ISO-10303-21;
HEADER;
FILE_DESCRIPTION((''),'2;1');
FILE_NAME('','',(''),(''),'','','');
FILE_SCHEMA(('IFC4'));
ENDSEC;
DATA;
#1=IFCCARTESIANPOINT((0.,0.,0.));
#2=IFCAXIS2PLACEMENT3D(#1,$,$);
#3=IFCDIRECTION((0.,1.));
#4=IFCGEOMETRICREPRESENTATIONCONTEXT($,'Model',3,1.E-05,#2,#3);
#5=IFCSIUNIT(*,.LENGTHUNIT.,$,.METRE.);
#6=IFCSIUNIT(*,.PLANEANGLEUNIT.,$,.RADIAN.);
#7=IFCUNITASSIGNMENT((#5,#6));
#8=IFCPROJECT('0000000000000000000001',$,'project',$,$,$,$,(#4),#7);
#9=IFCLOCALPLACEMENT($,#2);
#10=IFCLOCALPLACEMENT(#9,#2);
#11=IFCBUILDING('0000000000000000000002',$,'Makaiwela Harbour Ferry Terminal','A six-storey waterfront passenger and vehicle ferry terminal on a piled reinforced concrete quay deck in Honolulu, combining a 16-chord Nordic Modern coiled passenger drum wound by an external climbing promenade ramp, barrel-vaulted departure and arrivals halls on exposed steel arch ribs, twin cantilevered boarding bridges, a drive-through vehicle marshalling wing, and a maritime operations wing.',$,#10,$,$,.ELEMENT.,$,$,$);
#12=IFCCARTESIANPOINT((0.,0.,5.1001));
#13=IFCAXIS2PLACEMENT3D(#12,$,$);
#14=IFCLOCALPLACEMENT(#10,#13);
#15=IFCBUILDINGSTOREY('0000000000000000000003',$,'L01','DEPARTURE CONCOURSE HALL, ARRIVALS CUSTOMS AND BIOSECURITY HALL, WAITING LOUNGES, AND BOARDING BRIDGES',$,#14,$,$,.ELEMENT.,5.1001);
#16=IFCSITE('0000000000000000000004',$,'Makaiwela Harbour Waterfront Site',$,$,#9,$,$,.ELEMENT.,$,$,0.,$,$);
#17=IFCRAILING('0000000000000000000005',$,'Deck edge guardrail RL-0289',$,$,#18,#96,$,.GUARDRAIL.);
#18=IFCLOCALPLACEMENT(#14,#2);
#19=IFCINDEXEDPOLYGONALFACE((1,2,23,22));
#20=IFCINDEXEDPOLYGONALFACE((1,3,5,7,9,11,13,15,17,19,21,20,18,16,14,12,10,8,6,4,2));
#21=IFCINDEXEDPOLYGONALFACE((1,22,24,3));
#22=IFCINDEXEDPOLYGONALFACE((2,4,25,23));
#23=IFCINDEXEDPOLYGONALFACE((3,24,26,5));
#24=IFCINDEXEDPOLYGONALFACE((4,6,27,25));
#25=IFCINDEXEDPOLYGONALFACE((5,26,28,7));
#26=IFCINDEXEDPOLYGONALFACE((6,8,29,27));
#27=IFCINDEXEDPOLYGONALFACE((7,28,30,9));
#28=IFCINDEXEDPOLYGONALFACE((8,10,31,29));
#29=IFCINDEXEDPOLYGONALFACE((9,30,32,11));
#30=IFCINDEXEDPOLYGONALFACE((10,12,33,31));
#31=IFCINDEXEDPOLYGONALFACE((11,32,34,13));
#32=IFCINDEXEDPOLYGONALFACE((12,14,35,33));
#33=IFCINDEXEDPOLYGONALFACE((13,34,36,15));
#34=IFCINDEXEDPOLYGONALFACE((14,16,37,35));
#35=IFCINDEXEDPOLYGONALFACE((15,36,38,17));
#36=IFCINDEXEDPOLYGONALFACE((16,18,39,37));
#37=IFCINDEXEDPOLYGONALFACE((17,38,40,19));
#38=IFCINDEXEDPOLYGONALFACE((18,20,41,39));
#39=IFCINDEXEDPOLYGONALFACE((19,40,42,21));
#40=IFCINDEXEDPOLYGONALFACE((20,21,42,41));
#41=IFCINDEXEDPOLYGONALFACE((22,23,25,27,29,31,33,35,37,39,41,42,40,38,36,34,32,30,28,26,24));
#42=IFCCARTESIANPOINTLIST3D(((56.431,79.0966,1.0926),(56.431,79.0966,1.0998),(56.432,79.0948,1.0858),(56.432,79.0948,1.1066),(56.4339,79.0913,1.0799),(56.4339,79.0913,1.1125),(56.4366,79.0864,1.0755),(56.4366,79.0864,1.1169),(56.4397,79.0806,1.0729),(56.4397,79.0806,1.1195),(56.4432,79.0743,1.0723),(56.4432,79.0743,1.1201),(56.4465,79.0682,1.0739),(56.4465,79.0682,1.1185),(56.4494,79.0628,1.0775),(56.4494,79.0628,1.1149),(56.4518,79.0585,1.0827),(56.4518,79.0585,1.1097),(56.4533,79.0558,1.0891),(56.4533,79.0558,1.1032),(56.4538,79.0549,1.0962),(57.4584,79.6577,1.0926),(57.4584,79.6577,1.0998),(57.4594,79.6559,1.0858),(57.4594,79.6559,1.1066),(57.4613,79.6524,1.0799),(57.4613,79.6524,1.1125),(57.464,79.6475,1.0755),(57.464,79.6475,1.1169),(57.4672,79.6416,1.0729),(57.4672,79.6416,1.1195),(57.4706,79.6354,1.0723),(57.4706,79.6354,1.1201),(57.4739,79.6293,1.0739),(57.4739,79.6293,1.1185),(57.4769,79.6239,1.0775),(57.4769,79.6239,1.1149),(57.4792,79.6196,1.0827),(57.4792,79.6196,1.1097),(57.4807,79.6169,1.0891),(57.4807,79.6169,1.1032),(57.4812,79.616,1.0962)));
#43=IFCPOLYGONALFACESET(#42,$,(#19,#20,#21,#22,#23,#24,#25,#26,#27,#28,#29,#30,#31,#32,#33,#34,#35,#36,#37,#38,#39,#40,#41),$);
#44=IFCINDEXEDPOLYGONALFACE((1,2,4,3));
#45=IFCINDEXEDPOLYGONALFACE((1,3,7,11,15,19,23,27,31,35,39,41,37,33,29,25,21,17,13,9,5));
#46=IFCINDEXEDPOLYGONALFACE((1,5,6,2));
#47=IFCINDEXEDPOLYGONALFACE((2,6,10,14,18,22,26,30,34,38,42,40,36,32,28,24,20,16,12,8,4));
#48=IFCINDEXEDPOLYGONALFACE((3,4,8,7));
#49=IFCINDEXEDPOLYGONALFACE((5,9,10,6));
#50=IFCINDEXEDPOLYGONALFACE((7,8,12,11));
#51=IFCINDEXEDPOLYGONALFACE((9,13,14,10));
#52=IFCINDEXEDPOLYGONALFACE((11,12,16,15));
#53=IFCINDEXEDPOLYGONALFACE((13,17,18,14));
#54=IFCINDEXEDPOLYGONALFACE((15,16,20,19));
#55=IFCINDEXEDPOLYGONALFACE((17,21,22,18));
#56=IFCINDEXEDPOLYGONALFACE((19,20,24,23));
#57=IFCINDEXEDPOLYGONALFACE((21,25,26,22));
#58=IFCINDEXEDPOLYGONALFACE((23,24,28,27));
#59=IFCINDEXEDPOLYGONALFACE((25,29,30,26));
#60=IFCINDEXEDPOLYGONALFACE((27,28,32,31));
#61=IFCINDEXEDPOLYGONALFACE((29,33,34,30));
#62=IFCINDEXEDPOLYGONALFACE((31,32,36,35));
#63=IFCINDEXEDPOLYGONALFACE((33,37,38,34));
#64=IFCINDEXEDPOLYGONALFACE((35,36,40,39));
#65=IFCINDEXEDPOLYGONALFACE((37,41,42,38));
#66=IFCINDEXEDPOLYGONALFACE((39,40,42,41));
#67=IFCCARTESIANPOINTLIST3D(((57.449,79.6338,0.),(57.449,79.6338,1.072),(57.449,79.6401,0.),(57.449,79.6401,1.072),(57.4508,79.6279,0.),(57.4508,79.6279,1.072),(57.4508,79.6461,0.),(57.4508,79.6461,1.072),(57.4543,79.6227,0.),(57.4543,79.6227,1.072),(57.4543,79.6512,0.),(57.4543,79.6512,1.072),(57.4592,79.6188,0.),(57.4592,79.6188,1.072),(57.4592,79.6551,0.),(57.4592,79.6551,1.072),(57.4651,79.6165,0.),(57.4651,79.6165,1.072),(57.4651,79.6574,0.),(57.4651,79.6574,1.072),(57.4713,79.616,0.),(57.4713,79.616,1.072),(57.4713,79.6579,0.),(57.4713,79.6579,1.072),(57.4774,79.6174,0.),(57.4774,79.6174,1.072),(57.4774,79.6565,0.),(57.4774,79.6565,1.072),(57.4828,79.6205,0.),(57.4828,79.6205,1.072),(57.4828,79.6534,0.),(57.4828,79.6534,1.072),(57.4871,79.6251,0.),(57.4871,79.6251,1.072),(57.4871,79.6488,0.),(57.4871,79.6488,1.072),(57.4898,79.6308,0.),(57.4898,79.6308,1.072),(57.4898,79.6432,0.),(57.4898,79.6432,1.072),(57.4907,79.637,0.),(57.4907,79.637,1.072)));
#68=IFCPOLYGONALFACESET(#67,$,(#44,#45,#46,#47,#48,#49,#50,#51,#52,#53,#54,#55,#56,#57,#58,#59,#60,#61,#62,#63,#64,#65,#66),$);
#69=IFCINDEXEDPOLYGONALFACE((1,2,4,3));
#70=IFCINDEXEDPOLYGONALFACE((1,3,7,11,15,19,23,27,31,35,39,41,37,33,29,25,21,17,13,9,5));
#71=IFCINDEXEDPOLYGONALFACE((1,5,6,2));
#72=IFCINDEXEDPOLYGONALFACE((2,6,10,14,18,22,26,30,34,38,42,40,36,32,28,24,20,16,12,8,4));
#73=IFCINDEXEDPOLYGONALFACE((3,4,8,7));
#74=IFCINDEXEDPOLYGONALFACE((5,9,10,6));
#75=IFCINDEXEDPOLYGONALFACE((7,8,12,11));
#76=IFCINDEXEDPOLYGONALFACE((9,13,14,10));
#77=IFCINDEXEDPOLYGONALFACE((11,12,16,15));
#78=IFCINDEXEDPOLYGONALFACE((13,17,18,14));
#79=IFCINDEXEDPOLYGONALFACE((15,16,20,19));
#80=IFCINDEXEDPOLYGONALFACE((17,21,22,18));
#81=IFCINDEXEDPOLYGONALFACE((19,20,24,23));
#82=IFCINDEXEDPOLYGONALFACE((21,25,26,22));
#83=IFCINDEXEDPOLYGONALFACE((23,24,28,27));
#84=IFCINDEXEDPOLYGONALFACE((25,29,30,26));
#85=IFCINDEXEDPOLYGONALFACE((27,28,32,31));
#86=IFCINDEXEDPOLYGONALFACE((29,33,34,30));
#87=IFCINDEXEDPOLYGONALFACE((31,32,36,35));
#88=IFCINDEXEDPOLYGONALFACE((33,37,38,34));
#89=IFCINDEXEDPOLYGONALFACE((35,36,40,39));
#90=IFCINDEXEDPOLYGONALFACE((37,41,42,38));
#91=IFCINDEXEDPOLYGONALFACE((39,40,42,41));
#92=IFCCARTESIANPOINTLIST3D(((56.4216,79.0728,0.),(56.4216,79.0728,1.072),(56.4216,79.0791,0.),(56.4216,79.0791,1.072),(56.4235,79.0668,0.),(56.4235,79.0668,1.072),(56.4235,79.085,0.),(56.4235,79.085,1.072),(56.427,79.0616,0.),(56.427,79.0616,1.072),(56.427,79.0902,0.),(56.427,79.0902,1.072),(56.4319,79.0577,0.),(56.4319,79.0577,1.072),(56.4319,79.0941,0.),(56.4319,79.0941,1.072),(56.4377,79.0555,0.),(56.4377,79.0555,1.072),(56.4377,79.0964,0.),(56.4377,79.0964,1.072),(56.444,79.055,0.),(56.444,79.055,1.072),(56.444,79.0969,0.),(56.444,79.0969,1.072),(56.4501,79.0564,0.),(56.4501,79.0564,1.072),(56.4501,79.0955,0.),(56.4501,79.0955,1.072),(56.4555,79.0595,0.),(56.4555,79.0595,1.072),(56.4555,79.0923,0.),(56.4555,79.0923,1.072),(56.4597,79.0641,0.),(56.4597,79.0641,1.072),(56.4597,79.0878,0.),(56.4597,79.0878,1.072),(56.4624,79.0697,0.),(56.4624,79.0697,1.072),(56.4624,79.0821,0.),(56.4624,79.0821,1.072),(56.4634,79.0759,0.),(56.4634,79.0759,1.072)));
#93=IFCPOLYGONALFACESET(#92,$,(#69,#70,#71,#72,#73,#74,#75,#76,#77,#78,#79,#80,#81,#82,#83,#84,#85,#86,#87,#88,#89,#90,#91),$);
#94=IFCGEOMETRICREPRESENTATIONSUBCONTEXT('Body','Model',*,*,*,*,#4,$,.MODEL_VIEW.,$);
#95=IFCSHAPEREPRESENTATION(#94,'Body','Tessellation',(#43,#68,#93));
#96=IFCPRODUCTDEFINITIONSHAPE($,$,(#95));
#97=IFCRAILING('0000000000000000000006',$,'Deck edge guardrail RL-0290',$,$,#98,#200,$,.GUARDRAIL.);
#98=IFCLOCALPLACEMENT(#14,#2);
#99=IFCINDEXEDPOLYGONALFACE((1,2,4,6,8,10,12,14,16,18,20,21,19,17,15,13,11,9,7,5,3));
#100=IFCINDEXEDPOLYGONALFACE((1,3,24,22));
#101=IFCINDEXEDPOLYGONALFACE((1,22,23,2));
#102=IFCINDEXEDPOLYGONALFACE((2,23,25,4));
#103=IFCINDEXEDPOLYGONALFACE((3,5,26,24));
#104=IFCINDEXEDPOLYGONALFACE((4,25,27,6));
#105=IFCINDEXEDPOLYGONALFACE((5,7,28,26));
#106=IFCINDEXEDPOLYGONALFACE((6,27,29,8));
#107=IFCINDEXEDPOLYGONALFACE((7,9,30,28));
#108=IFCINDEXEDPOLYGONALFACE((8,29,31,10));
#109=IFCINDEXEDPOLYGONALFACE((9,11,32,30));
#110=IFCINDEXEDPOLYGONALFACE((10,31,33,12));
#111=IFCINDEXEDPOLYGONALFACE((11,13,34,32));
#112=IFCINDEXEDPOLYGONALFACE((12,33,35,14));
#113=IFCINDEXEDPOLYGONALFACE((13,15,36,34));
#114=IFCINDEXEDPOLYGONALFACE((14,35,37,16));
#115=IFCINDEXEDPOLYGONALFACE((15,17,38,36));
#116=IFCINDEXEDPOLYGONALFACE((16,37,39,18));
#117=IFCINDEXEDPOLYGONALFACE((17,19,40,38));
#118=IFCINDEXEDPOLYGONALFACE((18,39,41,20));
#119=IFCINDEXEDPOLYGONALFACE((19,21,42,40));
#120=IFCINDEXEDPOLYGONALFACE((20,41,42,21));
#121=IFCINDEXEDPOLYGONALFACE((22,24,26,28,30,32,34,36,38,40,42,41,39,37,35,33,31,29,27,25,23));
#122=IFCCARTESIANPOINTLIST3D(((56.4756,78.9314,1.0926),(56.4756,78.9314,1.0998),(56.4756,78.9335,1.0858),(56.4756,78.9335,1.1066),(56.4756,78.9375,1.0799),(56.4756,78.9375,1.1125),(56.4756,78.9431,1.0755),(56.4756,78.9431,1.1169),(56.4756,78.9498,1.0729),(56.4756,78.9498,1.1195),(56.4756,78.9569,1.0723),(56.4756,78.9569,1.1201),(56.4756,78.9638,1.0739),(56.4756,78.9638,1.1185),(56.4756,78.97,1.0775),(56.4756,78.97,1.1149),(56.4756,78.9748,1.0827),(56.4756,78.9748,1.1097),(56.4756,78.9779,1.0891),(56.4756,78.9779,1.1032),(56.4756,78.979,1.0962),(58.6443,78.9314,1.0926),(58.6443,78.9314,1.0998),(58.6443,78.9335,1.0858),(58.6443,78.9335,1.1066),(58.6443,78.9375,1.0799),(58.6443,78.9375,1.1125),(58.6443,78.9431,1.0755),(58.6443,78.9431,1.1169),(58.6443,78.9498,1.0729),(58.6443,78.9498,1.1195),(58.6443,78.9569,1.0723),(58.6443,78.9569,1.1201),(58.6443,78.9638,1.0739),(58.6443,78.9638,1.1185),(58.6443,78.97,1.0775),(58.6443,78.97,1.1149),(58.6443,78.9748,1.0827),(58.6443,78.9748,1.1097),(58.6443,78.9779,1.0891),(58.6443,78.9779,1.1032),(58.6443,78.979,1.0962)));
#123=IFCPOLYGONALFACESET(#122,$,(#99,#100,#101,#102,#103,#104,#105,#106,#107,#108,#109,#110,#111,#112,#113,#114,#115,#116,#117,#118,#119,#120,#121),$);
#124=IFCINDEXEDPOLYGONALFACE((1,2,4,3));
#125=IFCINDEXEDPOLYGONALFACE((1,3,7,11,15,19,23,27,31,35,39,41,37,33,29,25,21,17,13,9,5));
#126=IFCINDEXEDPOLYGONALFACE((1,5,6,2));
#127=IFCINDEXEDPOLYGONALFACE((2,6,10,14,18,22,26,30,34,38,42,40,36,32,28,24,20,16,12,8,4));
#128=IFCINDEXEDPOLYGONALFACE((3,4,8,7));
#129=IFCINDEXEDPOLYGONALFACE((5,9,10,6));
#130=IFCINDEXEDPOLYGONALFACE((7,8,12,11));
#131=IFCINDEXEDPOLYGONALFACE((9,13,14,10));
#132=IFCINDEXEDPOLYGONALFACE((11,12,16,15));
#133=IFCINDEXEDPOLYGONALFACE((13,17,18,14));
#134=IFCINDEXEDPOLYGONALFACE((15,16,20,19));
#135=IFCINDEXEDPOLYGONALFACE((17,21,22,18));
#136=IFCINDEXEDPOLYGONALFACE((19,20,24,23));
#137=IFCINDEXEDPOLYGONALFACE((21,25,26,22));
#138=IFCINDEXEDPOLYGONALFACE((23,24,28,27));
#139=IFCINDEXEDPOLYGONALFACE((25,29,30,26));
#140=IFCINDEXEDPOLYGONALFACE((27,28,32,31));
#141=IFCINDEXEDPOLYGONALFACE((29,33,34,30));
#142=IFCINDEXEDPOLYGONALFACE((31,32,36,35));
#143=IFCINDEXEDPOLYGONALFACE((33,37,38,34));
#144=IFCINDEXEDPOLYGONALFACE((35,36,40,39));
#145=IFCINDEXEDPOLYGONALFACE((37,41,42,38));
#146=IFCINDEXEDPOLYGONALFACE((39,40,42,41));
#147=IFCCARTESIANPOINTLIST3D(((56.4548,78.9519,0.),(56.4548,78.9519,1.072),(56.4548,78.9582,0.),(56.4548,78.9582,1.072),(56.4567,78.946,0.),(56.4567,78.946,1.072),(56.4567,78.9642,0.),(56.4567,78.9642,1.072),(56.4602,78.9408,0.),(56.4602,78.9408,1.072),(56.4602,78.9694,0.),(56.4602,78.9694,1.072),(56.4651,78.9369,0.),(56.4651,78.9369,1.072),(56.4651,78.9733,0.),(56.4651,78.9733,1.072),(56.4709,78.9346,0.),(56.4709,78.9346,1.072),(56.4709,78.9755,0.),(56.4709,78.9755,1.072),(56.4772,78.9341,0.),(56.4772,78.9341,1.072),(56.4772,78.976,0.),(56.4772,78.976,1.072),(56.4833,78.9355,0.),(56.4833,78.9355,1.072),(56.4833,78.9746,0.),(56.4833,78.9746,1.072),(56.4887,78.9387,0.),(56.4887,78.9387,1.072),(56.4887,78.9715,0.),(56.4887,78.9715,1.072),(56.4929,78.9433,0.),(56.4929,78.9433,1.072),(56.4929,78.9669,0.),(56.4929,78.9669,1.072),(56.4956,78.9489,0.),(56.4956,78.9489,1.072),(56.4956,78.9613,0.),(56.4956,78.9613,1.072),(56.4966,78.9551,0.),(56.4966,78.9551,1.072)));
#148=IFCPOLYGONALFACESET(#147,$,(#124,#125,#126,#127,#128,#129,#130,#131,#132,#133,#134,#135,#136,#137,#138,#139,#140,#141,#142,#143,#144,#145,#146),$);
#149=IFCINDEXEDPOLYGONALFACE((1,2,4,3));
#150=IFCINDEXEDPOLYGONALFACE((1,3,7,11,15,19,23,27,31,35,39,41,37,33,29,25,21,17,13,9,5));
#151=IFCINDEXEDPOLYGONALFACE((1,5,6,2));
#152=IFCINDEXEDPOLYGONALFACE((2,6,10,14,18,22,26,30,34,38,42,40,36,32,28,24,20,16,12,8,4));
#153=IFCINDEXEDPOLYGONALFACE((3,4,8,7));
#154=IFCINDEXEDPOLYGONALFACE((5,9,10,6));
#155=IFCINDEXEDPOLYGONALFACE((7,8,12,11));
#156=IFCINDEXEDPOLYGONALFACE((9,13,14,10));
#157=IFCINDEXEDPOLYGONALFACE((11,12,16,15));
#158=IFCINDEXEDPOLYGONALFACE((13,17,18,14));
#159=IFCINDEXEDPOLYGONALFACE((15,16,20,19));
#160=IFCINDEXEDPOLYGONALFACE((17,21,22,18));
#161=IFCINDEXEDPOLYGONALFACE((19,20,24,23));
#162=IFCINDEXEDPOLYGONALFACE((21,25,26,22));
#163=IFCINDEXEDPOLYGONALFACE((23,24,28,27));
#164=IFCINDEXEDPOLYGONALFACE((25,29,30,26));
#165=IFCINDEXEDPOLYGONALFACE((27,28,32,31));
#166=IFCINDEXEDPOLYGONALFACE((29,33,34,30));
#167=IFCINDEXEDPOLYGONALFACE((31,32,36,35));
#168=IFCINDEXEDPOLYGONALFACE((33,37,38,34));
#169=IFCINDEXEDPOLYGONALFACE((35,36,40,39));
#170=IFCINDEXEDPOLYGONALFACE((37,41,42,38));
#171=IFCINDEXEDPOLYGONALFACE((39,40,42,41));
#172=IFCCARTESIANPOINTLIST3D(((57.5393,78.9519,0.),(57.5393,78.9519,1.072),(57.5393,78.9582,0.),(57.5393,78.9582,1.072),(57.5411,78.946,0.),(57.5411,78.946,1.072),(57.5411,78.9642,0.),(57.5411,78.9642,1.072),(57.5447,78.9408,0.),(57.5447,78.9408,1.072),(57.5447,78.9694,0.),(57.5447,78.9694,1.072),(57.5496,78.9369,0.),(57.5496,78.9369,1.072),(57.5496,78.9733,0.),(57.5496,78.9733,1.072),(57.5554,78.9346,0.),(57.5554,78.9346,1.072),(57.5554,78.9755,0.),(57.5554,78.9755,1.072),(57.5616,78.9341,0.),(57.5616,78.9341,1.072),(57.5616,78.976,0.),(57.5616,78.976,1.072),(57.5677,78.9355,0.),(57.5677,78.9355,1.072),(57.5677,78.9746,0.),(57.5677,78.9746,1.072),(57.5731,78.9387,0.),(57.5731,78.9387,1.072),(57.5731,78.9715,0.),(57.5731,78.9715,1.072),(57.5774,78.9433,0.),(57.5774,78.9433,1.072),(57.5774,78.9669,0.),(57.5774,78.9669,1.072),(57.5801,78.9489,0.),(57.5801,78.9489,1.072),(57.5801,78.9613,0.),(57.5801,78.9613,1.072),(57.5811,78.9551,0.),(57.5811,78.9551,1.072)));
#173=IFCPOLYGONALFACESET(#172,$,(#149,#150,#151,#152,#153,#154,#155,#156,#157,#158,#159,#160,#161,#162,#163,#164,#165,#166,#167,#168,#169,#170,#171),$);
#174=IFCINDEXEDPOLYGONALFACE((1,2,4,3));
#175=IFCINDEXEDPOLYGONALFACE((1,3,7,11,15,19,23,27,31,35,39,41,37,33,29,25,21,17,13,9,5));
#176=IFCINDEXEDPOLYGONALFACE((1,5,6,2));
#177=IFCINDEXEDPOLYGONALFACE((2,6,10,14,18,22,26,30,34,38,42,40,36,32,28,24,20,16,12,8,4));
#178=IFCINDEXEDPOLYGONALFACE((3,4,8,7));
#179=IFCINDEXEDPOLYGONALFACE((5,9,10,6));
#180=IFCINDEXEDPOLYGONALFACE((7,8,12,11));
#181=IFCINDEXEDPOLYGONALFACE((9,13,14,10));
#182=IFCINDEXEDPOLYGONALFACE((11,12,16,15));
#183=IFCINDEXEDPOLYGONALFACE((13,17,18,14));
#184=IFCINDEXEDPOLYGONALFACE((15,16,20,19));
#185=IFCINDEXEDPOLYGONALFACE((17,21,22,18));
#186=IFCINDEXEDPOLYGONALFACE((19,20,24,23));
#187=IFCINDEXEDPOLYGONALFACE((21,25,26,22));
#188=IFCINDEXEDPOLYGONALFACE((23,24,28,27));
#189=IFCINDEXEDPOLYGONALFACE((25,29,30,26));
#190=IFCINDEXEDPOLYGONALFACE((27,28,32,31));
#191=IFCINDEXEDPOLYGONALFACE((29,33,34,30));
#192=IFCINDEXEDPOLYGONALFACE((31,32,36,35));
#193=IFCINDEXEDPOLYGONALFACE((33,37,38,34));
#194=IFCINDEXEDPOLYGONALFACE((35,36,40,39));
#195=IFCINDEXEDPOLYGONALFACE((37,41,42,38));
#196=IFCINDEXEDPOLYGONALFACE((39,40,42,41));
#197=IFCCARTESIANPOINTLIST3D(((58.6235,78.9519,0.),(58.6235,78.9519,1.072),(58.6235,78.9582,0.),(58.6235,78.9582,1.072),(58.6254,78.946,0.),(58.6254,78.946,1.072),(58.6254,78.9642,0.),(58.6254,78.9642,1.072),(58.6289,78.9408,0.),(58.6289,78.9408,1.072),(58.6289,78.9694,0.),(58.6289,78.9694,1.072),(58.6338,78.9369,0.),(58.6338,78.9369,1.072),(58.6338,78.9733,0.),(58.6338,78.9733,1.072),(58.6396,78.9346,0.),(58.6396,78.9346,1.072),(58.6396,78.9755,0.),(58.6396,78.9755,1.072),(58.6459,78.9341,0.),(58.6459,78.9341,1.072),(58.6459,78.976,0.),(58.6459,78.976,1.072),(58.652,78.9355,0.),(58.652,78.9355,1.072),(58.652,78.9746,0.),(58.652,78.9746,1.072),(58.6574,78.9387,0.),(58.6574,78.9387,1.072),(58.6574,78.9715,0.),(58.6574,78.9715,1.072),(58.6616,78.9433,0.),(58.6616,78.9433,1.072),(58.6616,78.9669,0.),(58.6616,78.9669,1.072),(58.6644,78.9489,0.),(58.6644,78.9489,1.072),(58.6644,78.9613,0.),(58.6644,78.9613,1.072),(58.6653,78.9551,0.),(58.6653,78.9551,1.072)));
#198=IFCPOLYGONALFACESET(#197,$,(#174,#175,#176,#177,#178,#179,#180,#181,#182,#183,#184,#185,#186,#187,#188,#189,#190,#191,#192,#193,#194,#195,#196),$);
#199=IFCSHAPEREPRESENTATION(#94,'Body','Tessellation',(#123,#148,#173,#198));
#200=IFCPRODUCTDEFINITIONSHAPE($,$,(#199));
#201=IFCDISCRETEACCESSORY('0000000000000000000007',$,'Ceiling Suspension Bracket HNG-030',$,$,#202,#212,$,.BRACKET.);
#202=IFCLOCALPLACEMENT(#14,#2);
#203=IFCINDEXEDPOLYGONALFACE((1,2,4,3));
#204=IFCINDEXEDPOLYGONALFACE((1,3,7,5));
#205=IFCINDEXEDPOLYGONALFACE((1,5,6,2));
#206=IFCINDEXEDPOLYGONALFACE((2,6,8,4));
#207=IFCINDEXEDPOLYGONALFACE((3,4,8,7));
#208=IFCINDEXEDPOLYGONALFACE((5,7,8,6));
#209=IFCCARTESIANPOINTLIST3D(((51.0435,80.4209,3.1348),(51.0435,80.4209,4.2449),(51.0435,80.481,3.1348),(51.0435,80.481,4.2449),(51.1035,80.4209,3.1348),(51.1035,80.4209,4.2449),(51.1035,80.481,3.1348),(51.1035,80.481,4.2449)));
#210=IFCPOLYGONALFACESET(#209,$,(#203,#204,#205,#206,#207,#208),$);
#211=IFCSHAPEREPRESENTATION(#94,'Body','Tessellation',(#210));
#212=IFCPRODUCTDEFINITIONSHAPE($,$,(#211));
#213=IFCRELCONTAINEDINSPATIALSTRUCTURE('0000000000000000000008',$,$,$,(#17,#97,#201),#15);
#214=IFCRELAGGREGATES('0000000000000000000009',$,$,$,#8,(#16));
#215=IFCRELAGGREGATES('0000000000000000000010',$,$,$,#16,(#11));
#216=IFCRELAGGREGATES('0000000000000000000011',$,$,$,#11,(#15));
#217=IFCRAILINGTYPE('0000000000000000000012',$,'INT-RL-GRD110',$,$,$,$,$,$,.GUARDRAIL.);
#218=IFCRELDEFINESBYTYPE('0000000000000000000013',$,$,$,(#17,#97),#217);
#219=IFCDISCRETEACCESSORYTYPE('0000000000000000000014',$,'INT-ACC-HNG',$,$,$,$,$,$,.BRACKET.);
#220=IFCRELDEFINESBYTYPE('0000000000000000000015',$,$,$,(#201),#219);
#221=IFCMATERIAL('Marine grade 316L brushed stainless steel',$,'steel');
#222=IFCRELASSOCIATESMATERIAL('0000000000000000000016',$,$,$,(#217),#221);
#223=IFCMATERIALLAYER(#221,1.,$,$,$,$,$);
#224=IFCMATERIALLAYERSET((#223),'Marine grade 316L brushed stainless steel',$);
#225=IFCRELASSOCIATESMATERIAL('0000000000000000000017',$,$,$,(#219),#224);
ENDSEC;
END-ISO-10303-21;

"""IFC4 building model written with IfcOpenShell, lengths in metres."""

from ifc_helpers import new_model, si_unit, direction, frame, origin, origin_2d, place, context, subcontext, project, spatial, rectangle, circle, extrude, material, layer, layer_set, type_object, element, save


model = new_model("IFC4")

# Units and contexts
model_context = context("Model", 3, precision=1e-05, world=origin(), true_north=direction((0.0, 1.0)))
body_context = subcontext(model_context, "Body", "Model", "MODEL_VIEW")
ifc_project = project(units=[si_unit("LENGTHUNIT", "METRE"), si_unit("PLANEANGLEUNIT", "RADIAN")], contexts=[model_context])

# Site, building, storey
site_placement = place(None, origin())
site = spatial("IfcSite", under=ifc_project, at=site_placement, Name="Makaiwela Harbour Waterfront Site", CompositionType="ELEMENT", RefElevation=0.0)
building_placement = place(site_placement, origin())
building = spatial("IfcBuilding", under=site, at=building_placement, Name="Makaiwela Harbour Ferry Terminal", Description="A six-storey waterfront passenger and vehicle ferry terminal on a piled reinforced concrete quay deck in Honolulu, combining a 16-chord Nordic Modern coiled passenger drum wound by an external climbing promenade ramp, barrel-vaulted departure and arrivals halls on exposed steel arch ribs, twin cantilevered boarding bridges, a drive-through vehicle marshalling wing, and a maritime operations wing.", CompositionType="ELEMENT")
storey_placement = place(building_placement, frame((0.0, 0.0, 5.1001)))
storey = spatial("IfcBuildingStorey", under=building, at=storey_placement, Name="L01", Description="DEPARTURE CONCOURSE HALL, ARRIVALS CUSTOMS AND BIOSECURITY HALL, WAITING LOUNGES, AND BOARDING BRIDGES", CompositionType="ELEMENT", Elevation=5.1001)

# Railings
ifc_material_1 = material(Name="Marine grade 316L brushed stainless steel", Category="steel")
railing_type_1 = type_object("IfcRailingType", Name="INT-RL-GRD110", PredefinedType="GUARDRAIL", material=ifc_material_1)
railing_1_placement = place(storey_placement, frame((57.4697, 79.637, 0.0)))
element("IfcRailing", 1, at=railing_1_placement, inside=storey, type_object=railing_type_1, Name="Deck edge guardrail RL-0289", PredefinedType="GUARDRAIL", context=body_context, shape_type="SweptSolid", body=[
    extrude(circle(Radius=0.0239, at=origin_2d()), frame((0.0, 0.0, 1.0962), z_axis=(-0.877656, -0.47929, 0.0), x_axis=(0.47929, -0.877656, 0.0)), (0.0, 0.0, 1.0), 1.1707),
    extrude(circle(Radius=0.021, at=origin_2d()), origin(), (0.0, 0.0, 1.0), 1.072),
    extrude(circle(Radius=0.021, at=origin_2d()), frame((-1.0273, -0.561, 0.0)), (0.0, 0.0, 1.0), 1.072),
])
railing_2_placement = place(storey_placement, frame((56.4756, 78.9551, 0.0)))
element("IfcRailing", 2, at=railing_2_placement, inside=storey, type_object=railing_type_1, Name="Deck edge guardrail RL-0290", PredefinedType="GUARDRAIL", context=body_context, shape_type="SweptSolid", body=[
    extrude(circle(Radius=0.0239, at=origin_2d()), frame((0.0, 0.0, 1.0962), z_axis=(1.0, 0.0, 0.0), x_axis=(0.0, 1.0, 0.0)), (0.0, 0.0, 1.0), 2.1687),
    extrude(circle(Radius=0.021, at=origin_2d()), origin(), (0.0, 0.0, 1.0), 1.072),
    extrude(circle(Radius=0.021, at=origin_2d()), frame((1.0845, 0.0, 0.0)), (0.0, 0.0, 1.0), 1.072),
    extrude(circle(Radius=0.021, at=origin_2d()), frame((2.1687, 0.0, 0.0)), (0.0, 0.0, 1.0), 1.072),
])

# Discrete accessory
ifc_layer_1 = layer(ifc_material_1, 1.0)
ifc_layer_set_1 = layer_set([ifc_layer_1], Name="Marine grade 316L brushed stainless steel")
discrete_accessory_type = type_object("IfcDiscreteAccessoryType", Name="INT-ACC-HNG", PredefinedType="BRACKET", material=ifc_layer_set_1)
discrete_accessory_placement = place(storey_placement, frame((51.0735, 80.4509, 3.1348), z_axis=(0.0, 0.0, 1.0), x_axis=(1.0, 0.0, 0.0)))
element("IfcDiscreteAccessory", 3, at=discrete_accessory_placement, inside=storey, type_object=discrete_accessory_type, Name="Ceiling Suspension Bracket HNG-030", PredefinedType="BRACKET", context=body_context, shape_type="SweptSolid", body=[
    extrude(rectangle(XDim=0.0601, YDim=0.0601, at=origin_2d()), origin(), (0.0, 0.0, 1.0), 1.1101),
])

save(model, "model.ifc")
